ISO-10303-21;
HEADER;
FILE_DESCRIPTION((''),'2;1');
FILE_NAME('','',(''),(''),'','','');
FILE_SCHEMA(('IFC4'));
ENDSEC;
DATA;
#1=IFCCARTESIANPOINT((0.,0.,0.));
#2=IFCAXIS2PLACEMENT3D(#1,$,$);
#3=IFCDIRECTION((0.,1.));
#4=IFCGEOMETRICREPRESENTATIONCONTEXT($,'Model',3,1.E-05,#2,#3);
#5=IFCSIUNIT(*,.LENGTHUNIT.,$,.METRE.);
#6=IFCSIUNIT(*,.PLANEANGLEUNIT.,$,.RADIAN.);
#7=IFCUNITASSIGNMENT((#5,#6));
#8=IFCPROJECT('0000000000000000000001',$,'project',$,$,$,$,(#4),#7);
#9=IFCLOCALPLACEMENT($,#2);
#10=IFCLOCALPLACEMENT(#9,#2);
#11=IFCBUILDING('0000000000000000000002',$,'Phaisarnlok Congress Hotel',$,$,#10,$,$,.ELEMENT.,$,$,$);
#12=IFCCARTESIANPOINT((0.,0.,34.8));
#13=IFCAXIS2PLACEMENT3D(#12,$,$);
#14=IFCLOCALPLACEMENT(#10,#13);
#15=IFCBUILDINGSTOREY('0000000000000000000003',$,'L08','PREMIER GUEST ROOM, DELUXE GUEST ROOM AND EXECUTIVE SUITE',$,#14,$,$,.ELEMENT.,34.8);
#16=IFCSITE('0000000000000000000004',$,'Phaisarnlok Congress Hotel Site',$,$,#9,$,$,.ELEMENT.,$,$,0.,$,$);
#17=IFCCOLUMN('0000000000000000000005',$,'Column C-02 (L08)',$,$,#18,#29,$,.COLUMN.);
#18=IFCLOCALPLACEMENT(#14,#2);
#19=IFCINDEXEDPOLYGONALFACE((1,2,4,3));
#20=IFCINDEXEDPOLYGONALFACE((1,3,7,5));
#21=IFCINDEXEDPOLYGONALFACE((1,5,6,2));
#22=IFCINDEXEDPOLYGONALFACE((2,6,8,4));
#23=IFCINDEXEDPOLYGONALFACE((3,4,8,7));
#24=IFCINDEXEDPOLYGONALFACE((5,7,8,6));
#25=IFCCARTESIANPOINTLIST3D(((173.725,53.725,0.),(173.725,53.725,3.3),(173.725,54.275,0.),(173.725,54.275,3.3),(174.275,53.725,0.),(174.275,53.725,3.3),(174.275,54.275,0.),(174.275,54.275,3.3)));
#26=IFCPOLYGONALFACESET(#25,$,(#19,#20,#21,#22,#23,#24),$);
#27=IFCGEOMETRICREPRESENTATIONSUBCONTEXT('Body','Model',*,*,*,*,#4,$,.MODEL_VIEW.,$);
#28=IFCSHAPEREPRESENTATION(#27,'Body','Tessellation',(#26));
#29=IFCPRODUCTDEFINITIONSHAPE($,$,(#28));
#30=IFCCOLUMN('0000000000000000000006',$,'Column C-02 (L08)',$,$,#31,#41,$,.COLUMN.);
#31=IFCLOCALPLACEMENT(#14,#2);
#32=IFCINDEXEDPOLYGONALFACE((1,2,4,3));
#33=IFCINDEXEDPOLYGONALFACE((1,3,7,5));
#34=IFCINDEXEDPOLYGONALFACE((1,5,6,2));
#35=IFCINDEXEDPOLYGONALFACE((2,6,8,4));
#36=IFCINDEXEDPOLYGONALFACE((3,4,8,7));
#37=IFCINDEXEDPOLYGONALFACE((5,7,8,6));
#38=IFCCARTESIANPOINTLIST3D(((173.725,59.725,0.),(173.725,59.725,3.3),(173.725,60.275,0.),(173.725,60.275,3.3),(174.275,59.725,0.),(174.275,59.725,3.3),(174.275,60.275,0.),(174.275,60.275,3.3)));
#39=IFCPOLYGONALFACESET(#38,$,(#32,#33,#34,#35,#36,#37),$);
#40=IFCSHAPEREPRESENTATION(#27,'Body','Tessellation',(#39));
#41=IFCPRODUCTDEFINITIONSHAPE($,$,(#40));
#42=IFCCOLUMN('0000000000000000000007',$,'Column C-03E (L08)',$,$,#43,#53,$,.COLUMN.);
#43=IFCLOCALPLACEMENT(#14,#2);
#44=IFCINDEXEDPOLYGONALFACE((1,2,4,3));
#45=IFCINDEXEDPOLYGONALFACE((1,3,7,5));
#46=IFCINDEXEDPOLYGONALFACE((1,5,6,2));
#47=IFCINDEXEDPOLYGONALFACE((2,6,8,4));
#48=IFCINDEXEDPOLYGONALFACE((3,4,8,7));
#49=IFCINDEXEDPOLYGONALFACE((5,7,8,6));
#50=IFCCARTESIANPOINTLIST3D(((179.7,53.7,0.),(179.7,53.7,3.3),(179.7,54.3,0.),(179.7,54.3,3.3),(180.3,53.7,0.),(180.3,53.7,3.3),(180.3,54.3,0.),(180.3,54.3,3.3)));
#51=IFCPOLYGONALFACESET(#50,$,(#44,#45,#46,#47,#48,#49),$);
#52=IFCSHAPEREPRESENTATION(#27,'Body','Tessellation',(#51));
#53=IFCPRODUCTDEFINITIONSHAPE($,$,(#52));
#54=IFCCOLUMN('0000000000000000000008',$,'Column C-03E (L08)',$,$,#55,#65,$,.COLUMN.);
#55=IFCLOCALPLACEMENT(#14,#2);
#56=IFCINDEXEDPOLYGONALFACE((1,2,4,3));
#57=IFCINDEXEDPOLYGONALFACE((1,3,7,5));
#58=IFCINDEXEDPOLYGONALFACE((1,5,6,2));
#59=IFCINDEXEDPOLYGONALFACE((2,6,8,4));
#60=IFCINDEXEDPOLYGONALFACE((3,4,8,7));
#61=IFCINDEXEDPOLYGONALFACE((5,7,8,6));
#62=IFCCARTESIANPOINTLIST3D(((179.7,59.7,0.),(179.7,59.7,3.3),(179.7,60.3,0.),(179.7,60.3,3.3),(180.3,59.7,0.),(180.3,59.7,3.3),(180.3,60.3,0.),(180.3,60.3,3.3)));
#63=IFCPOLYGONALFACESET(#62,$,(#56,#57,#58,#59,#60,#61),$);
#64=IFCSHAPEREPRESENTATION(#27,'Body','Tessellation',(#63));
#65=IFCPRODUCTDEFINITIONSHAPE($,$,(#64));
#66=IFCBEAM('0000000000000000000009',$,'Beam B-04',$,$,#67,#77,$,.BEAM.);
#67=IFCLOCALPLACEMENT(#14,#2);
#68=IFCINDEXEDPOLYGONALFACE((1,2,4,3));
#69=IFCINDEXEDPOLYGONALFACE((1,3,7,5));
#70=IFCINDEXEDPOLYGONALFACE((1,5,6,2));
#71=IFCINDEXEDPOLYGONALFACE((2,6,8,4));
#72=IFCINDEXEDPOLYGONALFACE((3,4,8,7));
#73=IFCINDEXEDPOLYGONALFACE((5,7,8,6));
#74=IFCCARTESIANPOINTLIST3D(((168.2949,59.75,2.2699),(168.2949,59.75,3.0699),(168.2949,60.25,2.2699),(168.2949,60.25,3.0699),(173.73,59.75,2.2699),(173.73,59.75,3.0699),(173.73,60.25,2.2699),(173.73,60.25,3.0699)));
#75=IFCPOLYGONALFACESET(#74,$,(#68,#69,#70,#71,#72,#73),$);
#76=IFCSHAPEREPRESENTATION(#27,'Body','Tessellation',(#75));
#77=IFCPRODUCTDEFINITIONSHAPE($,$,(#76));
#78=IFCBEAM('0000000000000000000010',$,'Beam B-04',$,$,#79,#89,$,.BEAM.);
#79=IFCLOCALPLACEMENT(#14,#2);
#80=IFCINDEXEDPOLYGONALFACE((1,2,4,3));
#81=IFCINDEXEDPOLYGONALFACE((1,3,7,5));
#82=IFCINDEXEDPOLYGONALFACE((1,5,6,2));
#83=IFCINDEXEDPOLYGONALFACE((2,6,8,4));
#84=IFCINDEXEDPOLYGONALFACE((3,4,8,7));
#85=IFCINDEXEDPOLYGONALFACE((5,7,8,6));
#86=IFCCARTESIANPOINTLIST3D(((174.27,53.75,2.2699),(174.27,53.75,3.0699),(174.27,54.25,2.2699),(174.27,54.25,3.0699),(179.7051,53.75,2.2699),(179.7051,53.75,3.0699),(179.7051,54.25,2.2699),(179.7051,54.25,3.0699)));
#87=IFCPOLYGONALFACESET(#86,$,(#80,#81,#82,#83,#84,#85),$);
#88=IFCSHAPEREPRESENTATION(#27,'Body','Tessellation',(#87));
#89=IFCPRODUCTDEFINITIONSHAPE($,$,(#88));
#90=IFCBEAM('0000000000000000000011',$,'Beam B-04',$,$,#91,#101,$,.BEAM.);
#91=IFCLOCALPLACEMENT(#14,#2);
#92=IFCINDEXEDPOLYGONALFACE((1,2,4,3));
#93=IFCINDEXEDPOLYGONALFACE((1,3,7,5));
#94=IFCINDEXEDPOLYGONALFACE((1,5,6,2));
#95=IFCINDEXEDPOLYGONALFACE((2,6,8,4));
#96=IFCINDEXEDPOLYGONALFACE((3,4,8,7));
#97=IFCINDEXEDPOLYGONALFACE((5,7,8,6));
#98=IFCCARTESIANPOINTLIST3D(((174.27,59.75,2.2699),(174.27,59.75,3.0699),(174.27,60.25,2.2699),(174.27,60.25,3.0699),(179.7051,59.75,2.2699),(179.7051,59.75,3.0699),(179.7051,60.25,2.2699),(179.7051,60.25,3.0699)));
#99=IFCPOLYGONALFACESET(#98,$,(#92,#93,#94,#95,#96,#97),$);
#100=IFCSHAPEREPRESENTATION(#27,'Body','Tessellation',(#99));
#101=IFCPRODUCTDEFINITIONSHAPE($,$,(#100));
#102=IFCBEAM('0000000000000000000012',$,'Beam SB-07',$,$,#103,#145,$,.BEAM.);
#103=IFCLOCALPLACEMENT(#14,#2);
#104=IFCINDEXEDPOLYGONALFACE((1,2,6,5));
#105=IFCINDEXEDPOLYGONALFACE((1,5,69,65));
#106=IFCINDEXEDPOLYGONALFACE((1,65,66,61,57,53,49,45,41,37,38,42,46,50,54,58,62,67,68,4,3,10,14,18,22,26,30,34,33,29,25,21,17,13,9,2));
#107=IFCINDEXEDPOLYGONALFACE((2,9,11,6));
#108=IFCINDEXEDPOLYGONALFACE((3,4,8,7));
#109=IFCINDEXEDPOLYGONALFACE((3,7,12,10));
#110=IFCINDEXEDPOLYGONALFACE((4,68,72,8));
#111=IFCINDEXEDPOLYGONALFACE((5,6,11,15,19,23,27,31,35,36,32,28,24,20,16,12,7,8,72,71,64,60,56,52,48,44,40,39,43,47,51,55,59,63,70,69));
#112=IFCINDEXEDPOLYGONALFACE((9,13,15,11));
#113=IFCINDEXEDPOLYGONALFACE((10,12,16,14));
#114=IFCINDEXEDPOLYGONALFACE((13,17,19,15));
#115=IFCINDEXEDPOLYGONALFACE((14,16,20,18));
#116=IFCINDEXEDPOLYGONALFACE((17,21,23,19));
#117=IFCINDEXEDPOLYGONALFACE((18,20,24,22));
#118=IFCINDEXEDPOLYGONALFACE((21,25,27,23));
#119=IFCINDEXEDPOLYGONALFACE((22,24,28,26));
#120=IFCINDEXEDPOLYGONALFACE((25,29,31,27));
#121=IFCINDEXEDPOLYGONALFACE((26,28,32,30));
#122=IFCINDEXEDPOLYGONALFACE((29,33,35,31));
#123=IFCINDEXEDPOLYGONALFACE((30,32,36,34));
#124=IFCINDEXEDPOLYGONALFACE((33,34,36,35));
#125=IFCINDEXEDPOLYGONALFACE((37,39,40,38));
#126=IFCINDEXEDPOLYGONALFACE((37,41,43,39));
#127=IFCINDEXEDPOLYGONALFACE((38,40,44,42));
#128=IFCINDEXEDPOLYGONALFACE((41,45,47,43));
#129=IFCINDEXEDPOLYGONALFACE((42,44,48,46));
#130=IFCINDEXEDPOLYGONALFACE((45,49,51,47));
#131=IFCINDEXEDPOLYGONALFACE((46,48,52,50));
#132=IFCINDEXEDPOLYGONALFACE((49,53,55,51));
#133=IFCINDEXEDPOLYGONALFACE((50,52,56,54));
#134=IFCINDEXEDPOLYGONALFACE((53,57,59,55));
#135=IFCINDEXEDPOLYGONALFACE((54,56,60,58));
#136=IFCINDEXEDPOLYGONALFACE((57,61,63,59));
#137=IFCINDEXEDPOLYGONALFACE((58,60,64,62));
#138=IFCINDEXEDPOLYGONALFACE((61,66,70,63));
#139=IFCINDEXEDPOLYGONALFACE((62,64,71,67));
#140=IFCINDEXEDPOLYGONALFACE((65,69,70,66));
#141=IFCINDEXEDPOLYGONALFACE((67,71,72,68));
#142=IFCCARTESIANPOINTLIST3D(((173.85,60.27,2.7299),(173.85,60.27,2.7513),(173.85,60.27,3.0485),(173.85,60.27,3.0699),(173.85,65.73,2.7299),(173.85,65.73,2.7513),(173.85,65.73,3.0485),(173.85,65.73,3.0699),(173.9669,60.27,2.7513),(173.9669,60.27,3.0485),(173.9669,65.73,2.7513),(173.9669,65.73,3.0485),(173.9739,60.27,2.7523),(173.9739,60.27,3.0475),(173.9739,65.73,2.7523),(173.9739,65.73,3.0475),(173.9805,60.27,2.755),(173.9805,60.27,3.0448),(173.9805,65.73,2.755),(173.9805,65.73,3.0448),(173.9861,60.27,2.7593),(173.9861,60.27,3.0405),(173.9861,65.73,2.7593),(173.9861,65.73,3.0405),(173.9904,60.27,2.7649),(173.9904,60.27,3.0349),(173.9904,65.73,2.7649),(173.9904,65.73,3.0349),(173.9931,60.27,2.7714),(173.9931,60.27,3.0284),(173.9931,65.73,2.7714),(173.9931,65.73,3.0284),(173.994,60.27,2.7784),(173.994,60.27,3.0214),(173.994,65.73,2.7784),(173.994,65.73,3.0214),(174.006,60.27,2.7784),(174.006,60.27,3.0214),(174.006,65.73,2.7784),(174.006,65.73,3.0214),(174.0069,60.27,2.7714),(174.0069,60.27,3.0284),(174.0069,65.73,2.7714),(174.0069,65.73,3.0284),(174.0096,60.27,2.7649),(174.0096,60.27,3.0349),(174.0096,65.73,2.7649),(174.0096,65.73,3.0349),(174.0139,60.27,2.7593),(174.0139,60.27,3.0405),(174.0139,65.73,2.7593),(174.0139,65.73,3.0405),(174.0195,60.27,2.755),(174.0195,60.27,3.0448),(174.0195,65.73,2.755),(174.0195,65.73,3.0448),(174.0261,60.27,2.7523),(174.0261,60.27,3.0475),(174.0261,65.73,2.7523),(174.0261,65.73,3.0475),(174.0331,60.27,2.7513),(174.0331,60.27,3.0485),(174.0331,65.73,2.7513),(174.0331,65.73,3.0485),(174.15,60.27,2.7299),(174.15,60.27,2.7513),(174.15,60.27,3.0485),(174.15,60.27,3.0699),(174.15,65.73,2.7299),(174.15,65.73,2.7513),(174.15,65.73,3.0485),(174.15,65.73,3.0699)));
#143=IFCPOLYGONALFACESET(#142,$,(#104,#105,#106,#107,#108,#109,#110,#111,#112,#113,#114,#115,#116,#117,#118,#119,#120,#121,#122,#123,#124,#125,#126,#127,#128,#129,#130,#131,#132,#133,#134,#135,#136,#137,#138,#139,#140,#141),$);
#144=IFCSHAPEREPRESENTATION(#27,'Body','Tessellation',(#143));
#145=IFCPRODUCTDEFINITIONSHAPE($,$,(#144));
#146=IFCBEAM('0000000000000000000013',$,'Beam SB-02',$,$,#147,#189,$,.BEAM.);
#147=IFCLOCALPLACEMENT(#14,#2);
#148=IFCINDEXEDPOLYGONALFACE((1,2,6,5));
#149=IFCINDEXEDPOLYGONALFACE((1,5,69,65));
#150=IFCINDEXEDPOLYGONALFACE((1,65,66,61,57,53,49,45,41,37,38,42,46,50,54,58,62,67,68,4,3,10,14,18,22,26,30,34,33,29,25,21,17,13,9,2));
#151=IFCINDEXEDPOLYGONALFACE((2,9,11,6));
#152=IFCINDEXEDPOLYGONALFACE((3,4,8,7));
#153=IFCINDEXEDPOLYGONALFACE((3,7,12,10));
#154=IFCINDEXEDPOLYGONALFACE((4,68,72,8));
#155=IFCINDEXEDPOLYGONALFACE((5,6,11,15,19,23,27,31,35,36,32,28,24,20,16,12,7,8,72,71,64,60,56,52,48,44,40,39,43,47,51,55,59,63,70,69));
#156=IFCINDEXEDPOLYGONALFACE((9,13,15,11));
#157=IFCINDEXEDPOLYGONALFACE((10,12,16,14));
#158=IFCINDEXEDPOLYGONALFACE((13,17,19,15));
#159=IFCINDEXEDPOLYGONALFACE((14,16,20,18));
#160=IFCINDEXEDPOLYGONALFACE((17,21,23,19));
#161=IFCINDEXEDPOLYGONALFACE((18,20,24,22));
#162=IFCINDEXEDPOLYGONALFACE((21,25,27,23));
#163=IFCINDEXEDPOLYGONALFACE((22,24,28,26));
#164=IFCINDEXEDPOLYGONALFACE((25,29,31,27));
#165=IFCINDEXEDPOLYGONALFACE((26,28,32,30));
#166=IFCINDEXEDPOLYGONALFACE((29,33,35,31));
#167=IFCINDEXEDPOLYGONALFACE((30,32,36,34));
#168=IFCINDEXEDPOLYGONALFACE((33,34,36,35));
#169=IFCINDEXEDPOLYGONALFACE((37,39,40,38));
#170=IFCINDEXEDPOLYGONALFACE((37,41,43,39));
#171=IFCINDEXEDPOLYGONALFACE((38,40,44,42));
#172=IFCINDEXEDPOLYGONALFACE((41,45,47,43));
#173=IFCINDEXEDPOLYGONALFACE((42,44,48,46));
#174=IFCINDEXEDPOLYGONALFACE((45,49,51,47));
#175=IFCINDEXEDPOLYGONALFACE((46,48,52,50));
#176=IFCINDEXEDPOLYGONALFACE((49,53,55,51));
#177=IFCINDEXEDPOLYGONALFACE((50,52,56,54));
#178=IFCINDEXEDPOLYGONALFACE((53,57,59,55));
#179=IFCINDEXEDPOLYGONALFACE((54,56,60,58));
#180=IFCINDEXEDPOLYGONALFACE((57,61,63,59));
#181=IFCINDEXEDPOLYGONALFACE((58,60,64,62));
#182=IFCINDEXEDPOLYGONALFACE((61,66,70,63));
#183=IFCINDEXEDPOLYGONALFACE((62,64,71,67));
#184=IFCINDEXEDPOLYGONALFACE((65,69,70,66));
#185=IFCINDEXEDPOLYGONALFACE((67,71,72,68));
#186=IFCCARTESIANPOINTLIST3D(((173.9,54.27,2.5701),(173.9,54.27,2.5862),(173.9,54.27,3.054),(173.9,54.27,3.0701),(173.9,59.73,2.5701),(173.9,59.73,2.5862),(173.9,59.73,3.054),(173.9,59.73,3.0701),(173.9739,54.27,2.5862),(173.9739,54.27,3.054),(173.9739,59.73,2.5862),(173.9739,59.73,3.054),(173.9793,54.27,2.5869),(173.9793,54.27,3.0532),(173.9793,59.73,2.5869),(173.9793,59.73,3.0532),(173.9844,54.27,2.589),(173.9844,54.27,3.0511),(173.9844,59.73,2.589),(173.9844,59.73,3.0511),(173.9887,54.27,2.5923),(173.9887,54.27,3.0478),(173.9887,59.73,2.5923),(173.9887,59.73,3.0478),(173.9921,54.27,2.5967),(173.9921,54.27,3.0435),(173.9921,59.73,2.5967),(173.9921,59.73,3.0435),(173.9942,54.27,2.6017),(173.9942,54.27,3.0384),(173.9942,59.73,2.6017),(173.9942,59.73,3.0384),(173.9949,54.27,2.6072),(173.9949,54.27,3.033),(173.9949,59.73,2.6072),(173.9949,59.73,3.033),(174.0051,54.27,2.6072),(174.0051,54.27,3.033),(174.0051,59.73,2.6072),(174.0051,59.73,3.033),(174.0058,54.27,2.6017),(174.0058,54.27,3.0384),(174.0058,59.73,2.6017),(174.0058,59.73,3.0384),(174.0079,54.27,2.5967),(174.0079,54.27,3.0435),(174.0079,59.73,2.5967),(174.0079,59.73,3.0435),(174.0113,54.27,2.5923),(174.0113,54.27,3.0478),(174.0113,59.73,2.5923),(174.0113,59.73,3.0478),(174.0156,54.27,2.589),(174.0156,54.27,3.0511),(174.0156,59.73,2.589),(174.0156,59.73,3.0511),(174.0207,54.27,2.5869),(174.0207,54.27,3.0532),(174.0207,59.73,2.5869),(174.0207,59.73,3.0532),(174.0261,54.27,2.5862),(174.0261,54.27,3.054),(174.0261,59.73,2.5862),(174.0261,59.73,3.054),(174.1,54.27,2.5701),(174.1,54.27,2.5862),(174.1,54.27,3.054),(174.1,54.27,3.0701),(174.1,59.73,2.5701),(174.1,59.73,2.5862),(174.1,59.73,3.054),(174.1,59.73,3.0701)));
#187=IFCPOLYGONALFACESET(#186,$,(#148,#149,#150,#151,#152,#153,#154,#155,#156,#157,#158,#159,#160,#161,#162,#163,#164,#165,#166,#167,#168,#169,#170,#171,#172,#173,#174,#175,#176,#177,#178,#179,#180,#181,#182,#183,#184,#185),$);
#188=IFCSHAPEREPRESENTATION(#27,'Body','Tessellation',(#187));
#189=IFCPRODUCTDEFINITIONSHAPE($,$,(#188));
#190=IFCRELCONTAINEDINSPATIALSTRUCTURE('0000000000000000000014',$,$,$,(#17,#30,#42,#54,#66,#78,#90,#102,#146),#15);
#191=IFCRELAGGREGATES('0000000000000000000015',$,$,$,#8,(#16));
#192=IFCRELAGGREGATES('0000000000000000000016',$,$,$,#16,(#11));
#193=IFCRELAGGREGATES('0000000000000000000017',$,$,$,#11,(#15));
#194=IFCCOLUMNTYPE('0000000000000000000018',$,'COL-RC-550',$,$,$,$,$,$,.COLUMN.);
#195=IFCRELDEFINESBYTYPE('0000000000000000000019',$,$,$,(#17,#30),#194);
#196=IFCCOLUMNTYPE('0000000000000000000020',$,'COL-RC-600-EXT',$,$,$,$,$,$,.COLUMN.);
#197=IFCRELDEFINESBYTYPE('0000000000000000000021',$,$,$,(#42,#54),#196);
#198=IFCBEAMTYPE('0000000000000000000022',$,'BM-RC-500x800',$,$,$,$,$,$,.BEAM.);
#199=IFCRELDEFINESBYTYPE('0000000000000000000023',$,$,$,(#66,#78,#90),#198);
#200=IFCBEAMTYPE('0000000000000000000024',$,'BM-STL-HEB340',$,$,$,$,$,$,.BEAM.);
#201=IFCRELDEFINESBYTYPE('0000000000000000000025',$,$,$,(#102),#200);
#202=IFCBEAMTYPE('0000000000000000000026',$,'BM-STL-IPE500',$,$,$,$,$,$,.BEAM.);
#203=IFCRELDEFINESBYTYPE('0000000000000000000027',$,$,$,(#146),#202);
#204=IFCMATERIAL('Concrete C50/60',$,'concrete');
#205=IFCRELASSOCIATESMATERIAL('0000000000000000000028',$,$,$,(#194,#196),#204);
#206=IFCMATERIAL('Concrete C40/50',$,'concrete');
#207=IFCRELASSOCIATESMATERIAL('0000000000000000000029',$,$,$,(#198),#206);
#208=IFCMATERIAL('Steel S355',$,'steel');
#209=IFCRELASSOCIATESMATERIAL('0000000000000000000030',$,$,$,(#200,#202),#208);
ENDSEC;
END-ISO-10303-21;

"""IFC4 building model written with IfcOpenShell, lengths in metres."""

from ifc_helpers import new_model, si_unit, direction, frame, origin, origin_2d, place, context, subcontext, project, spatial, rectangle, i_section, extrude, material, material_profile, profile_set, type_object, element, save


model = new_model("IFC4")

# Units and contexts
model_context = context("Model", 3, precision=1e-05, world=origin(), true_north=direction((0.0, 1.0)))
body_context = subcontext(model_context, "Body", "Model", "MODEL_VIEW")
ifc_project = project(units=[si_unit("LENGTHUNIT", "METRE"), si_unit("PLANEANGLEUNIT", "RADIAN")], contexts=[model_context])

# Site, building, storey
site_placement = place(None, origin())
site = spatial("IfcSite", under=ifc_project, at=site_placement, Name="Phaisarnlok Congress Hotel Site", CompositionType="ELEMENT", RefElevation=0.0)
building_placement = place(site_placement, origin())
building = spatial("IfcBuilding", under=site, at=building_placement, Name="Phaisarnlok Congress Hotel", CompositionType="ELEMENT")
storey_placement = place(building_placement, frame((0.0, 0.0, 34.8)))
storey = spatial("IfcBuildingStorey", under=building, at=storey_placement, Name="L08", Description="PREMIER GUEST ROOM, DELUXE GUEST ROOM AND EXECUTIVE SUITE", CompositionType="ELEMENT", Elevation=34.8)

# Columns
ifc_material_1 = material(Name="Concrete C50/60", Category="concrete")
ifc_material_profile_1 = material_profile(ifc_material_1, rectangle(XDim=0.55, YDim=0.55, at=origin_2d()), Name="RC 550x550")
ifc_profile_set_1 = profile_set([ifc_material_profile_1], Name="Concrete C50/60")
column_type_1 = type_object("IfcColumnType", Name="COL-RC-550", PredefinedType="COLUMN", material=ifc_profile_set_1)
for number, where, z_axis, x_axis, name in (
    (1, (174.0, 54.0, 0.0), (0.0, 0.0, 1.0), (1.0, 0.0, 0.0), "Column C-02 (L08)"),
    (2, (174.0, 60.0, 0.0), (0.0, 0.0, 1.0), (1.0, 0.0, 0.0), "Column C-02 (L08)"),
):
    element("IfcColumn", number, at=place(storey_placement, frame(where, z_axis=z_axis, x_axis=x_axis)), inside=storey, type_object=column_type_1, Name=name, PredefinedType="COLUMN", context=body_context, shape_type="SweptSolid", body=[
        extrude(rectangle(XDim=0.55, YDim=0.55, at=origin_2d()), origin(), (0.0, 0.0, 1.0), 3.3),
    ])
ifc_material_profile_2 = material_profile(ifc_material_1, rectangle(XDim=0.6001, YDim=0.6001, at=origin_2d()), Name="RC 600x600")
ifc_profile_set_2 = profile_set([ifc_material_profile_2], Name="Concrete C50/60")
column_type_2 = type_object("IfcColumnType", Name="COL-RC-600-EXT", PredefinedType="COLUMN", material=ifc_profile_set_2)
for number, where, z_axis, x_axis, name in (
    (3, (180.0, 54.0, 0.0), (0.0, 0.0, 1.0), (1.0, 0.0, 0.0), "Column C-03E (L08)"),
    (4, (180.0, 60.0, 0.0), (0.0, 0.0, 1.0), (1.0, 0.0, 0.0), "Column C-03E (L08)"),
):
    element("IfcColumn", number, at=place(storey_placement, frame(where, z_axis=z_axis, x_axis=x_axis)), inside=storey, type_object=column_type_2, Name=name, PredefinedType="COLUMN", context=body_context, shape_type="SweptSolid", body=[
        extrude(rectangle(XDim=0.6001, YDim=0.6001, at=origin_2d()), origin(), (0.0, 0.0, 1.0), 3.3),
    ])

# Beams
ifc_material_2 = material(Name="Concrete C40/50", Category="concrete")
ifc_material_profile_3 = material_profile(ifc_material_2, rectangle(XDim=0.5, YDim=0.8, at=origin_2d()), Name="RC 500x800")
ifc_profile_set_3 = profile_set([ifc_material_profile_3], Name="Concrete C40/50")
beam_type_1 = type_object("IfcBeamType", Name="BM-RC-500x800", PredefinedType="BEAM", material=ifc_profile_set_3)
for number, where, z_axis, x_axis, name in (
    (5, (168.2949, 60.0, 2.6699), (1.0, 0.0, 0.0), (0.0, 1.0, 0.0), "Beam B-04"),
    (6, (174.27, 54.0, 2.6699), (1.0, 0.0, 0.0), (0.0, 1.0, 0.0), "Beam B-04"),
    (7, (174.27, 60.0, 2.6699), (1.0, 0.0, 0.0), (0.0, 1.0, 0.0), "Beam B-04"),
):
    element("IfcBeam", number, at=place(storey_placement, frame(where, z_axis=z_axis, x_axis=x_axis)), inside=storey, type_object=beam_type_1, Name=name, PredefinedType="BEAM", context=body_context, shape_type="SweptSolid", body=[
        extrude(rectangle(XDim=0.5, YDim=0.8, at=origin_2d()), origin(), (0.0, 0.0, 1.0), 5.4351),
    ])
ifc_material_3 = material(Name="Steel S355", Category="steel")
ifc_material_profile_4 = material_profile(ifc_material_3, i_section(OverallWidth=0.3, OverallDepth=0.3401, WebThickness=0.012, FlangeThickness=0.0215, FilletRadius=0.0271, at=origin_2d()), Name="HEB 340")
ifc_profile_set_4 = profile_set([ifc_material_profile_4], Name="Steel S355")
beam_type_2 = type_object("IfcBeamType", Name="BM-STL-HEB340", PredefinedType="BEAM", material=ifc_profile_set_4)
beam_1_placement = place(storey_placement, frame((174.0, 60.27, 2.8999), z_axis=(0.0, 1.0, 0.0), x_axis=(-1.0, 0.0, 0.0)))
element("IfcBeam", 8, at=beam_1_placement, inside=storey, type_object=beam_type_2, Name="Beam SB-07", PredefinedType="BEAM", context=body_context, shape_type="SweptSolid", body=[
    extrude(i_section(OverallWidth=0.3, OverallDepth=0.3401, WebThickness=0.012, FlangeThickness=0.0215, FilletRadius=0.0271, at=origin_2d()), origin(), (0.0, 0.0, 1.0), 5.46),
])
ifc_material_profile_5 = material_profile(ifc_material_3, i_section(OverallWidth=0.2, OverallDepth=0.5, WebThickness=0.0103, FlangeThickness=0.0161, FilletRadius=0.021, at=origin_2d()), Name="IPE 500")
ifc_profile_set_5 = profile_set([ifc_material_profile_5], Name="Steel S355")
beam_type_3 = type_object("IfcBeamType", Name="BM-STL-IPE500", PredefinedType="BEAM", material=ifc_profile_set_5)
beam_2_placement = place(storey_placement, frame((174.0, 54.27, 2.8201), z_axis=(0.0, 1.0, 0.0), x_axis=(-1.0, 0.0, 0.0)))
element("IfcBeam", 9, at=beam_2_placement, inside=storey, type_object=beam_type_3, Name="Beam SB-02", PredefinedType="BEAM", context=body_context, shape_type="SweptSolid", body=[
    extrude(i_section(OverallWidth=0.2, OverallDepth=0.5, WebThickness=0.0103, FlangeThickness=0.0161, FilletRadius=0.021, at=origin_2d()), origin(), (0.0, 0.0, 1.0), 5.46),
])

save(model, "model.ifc")
